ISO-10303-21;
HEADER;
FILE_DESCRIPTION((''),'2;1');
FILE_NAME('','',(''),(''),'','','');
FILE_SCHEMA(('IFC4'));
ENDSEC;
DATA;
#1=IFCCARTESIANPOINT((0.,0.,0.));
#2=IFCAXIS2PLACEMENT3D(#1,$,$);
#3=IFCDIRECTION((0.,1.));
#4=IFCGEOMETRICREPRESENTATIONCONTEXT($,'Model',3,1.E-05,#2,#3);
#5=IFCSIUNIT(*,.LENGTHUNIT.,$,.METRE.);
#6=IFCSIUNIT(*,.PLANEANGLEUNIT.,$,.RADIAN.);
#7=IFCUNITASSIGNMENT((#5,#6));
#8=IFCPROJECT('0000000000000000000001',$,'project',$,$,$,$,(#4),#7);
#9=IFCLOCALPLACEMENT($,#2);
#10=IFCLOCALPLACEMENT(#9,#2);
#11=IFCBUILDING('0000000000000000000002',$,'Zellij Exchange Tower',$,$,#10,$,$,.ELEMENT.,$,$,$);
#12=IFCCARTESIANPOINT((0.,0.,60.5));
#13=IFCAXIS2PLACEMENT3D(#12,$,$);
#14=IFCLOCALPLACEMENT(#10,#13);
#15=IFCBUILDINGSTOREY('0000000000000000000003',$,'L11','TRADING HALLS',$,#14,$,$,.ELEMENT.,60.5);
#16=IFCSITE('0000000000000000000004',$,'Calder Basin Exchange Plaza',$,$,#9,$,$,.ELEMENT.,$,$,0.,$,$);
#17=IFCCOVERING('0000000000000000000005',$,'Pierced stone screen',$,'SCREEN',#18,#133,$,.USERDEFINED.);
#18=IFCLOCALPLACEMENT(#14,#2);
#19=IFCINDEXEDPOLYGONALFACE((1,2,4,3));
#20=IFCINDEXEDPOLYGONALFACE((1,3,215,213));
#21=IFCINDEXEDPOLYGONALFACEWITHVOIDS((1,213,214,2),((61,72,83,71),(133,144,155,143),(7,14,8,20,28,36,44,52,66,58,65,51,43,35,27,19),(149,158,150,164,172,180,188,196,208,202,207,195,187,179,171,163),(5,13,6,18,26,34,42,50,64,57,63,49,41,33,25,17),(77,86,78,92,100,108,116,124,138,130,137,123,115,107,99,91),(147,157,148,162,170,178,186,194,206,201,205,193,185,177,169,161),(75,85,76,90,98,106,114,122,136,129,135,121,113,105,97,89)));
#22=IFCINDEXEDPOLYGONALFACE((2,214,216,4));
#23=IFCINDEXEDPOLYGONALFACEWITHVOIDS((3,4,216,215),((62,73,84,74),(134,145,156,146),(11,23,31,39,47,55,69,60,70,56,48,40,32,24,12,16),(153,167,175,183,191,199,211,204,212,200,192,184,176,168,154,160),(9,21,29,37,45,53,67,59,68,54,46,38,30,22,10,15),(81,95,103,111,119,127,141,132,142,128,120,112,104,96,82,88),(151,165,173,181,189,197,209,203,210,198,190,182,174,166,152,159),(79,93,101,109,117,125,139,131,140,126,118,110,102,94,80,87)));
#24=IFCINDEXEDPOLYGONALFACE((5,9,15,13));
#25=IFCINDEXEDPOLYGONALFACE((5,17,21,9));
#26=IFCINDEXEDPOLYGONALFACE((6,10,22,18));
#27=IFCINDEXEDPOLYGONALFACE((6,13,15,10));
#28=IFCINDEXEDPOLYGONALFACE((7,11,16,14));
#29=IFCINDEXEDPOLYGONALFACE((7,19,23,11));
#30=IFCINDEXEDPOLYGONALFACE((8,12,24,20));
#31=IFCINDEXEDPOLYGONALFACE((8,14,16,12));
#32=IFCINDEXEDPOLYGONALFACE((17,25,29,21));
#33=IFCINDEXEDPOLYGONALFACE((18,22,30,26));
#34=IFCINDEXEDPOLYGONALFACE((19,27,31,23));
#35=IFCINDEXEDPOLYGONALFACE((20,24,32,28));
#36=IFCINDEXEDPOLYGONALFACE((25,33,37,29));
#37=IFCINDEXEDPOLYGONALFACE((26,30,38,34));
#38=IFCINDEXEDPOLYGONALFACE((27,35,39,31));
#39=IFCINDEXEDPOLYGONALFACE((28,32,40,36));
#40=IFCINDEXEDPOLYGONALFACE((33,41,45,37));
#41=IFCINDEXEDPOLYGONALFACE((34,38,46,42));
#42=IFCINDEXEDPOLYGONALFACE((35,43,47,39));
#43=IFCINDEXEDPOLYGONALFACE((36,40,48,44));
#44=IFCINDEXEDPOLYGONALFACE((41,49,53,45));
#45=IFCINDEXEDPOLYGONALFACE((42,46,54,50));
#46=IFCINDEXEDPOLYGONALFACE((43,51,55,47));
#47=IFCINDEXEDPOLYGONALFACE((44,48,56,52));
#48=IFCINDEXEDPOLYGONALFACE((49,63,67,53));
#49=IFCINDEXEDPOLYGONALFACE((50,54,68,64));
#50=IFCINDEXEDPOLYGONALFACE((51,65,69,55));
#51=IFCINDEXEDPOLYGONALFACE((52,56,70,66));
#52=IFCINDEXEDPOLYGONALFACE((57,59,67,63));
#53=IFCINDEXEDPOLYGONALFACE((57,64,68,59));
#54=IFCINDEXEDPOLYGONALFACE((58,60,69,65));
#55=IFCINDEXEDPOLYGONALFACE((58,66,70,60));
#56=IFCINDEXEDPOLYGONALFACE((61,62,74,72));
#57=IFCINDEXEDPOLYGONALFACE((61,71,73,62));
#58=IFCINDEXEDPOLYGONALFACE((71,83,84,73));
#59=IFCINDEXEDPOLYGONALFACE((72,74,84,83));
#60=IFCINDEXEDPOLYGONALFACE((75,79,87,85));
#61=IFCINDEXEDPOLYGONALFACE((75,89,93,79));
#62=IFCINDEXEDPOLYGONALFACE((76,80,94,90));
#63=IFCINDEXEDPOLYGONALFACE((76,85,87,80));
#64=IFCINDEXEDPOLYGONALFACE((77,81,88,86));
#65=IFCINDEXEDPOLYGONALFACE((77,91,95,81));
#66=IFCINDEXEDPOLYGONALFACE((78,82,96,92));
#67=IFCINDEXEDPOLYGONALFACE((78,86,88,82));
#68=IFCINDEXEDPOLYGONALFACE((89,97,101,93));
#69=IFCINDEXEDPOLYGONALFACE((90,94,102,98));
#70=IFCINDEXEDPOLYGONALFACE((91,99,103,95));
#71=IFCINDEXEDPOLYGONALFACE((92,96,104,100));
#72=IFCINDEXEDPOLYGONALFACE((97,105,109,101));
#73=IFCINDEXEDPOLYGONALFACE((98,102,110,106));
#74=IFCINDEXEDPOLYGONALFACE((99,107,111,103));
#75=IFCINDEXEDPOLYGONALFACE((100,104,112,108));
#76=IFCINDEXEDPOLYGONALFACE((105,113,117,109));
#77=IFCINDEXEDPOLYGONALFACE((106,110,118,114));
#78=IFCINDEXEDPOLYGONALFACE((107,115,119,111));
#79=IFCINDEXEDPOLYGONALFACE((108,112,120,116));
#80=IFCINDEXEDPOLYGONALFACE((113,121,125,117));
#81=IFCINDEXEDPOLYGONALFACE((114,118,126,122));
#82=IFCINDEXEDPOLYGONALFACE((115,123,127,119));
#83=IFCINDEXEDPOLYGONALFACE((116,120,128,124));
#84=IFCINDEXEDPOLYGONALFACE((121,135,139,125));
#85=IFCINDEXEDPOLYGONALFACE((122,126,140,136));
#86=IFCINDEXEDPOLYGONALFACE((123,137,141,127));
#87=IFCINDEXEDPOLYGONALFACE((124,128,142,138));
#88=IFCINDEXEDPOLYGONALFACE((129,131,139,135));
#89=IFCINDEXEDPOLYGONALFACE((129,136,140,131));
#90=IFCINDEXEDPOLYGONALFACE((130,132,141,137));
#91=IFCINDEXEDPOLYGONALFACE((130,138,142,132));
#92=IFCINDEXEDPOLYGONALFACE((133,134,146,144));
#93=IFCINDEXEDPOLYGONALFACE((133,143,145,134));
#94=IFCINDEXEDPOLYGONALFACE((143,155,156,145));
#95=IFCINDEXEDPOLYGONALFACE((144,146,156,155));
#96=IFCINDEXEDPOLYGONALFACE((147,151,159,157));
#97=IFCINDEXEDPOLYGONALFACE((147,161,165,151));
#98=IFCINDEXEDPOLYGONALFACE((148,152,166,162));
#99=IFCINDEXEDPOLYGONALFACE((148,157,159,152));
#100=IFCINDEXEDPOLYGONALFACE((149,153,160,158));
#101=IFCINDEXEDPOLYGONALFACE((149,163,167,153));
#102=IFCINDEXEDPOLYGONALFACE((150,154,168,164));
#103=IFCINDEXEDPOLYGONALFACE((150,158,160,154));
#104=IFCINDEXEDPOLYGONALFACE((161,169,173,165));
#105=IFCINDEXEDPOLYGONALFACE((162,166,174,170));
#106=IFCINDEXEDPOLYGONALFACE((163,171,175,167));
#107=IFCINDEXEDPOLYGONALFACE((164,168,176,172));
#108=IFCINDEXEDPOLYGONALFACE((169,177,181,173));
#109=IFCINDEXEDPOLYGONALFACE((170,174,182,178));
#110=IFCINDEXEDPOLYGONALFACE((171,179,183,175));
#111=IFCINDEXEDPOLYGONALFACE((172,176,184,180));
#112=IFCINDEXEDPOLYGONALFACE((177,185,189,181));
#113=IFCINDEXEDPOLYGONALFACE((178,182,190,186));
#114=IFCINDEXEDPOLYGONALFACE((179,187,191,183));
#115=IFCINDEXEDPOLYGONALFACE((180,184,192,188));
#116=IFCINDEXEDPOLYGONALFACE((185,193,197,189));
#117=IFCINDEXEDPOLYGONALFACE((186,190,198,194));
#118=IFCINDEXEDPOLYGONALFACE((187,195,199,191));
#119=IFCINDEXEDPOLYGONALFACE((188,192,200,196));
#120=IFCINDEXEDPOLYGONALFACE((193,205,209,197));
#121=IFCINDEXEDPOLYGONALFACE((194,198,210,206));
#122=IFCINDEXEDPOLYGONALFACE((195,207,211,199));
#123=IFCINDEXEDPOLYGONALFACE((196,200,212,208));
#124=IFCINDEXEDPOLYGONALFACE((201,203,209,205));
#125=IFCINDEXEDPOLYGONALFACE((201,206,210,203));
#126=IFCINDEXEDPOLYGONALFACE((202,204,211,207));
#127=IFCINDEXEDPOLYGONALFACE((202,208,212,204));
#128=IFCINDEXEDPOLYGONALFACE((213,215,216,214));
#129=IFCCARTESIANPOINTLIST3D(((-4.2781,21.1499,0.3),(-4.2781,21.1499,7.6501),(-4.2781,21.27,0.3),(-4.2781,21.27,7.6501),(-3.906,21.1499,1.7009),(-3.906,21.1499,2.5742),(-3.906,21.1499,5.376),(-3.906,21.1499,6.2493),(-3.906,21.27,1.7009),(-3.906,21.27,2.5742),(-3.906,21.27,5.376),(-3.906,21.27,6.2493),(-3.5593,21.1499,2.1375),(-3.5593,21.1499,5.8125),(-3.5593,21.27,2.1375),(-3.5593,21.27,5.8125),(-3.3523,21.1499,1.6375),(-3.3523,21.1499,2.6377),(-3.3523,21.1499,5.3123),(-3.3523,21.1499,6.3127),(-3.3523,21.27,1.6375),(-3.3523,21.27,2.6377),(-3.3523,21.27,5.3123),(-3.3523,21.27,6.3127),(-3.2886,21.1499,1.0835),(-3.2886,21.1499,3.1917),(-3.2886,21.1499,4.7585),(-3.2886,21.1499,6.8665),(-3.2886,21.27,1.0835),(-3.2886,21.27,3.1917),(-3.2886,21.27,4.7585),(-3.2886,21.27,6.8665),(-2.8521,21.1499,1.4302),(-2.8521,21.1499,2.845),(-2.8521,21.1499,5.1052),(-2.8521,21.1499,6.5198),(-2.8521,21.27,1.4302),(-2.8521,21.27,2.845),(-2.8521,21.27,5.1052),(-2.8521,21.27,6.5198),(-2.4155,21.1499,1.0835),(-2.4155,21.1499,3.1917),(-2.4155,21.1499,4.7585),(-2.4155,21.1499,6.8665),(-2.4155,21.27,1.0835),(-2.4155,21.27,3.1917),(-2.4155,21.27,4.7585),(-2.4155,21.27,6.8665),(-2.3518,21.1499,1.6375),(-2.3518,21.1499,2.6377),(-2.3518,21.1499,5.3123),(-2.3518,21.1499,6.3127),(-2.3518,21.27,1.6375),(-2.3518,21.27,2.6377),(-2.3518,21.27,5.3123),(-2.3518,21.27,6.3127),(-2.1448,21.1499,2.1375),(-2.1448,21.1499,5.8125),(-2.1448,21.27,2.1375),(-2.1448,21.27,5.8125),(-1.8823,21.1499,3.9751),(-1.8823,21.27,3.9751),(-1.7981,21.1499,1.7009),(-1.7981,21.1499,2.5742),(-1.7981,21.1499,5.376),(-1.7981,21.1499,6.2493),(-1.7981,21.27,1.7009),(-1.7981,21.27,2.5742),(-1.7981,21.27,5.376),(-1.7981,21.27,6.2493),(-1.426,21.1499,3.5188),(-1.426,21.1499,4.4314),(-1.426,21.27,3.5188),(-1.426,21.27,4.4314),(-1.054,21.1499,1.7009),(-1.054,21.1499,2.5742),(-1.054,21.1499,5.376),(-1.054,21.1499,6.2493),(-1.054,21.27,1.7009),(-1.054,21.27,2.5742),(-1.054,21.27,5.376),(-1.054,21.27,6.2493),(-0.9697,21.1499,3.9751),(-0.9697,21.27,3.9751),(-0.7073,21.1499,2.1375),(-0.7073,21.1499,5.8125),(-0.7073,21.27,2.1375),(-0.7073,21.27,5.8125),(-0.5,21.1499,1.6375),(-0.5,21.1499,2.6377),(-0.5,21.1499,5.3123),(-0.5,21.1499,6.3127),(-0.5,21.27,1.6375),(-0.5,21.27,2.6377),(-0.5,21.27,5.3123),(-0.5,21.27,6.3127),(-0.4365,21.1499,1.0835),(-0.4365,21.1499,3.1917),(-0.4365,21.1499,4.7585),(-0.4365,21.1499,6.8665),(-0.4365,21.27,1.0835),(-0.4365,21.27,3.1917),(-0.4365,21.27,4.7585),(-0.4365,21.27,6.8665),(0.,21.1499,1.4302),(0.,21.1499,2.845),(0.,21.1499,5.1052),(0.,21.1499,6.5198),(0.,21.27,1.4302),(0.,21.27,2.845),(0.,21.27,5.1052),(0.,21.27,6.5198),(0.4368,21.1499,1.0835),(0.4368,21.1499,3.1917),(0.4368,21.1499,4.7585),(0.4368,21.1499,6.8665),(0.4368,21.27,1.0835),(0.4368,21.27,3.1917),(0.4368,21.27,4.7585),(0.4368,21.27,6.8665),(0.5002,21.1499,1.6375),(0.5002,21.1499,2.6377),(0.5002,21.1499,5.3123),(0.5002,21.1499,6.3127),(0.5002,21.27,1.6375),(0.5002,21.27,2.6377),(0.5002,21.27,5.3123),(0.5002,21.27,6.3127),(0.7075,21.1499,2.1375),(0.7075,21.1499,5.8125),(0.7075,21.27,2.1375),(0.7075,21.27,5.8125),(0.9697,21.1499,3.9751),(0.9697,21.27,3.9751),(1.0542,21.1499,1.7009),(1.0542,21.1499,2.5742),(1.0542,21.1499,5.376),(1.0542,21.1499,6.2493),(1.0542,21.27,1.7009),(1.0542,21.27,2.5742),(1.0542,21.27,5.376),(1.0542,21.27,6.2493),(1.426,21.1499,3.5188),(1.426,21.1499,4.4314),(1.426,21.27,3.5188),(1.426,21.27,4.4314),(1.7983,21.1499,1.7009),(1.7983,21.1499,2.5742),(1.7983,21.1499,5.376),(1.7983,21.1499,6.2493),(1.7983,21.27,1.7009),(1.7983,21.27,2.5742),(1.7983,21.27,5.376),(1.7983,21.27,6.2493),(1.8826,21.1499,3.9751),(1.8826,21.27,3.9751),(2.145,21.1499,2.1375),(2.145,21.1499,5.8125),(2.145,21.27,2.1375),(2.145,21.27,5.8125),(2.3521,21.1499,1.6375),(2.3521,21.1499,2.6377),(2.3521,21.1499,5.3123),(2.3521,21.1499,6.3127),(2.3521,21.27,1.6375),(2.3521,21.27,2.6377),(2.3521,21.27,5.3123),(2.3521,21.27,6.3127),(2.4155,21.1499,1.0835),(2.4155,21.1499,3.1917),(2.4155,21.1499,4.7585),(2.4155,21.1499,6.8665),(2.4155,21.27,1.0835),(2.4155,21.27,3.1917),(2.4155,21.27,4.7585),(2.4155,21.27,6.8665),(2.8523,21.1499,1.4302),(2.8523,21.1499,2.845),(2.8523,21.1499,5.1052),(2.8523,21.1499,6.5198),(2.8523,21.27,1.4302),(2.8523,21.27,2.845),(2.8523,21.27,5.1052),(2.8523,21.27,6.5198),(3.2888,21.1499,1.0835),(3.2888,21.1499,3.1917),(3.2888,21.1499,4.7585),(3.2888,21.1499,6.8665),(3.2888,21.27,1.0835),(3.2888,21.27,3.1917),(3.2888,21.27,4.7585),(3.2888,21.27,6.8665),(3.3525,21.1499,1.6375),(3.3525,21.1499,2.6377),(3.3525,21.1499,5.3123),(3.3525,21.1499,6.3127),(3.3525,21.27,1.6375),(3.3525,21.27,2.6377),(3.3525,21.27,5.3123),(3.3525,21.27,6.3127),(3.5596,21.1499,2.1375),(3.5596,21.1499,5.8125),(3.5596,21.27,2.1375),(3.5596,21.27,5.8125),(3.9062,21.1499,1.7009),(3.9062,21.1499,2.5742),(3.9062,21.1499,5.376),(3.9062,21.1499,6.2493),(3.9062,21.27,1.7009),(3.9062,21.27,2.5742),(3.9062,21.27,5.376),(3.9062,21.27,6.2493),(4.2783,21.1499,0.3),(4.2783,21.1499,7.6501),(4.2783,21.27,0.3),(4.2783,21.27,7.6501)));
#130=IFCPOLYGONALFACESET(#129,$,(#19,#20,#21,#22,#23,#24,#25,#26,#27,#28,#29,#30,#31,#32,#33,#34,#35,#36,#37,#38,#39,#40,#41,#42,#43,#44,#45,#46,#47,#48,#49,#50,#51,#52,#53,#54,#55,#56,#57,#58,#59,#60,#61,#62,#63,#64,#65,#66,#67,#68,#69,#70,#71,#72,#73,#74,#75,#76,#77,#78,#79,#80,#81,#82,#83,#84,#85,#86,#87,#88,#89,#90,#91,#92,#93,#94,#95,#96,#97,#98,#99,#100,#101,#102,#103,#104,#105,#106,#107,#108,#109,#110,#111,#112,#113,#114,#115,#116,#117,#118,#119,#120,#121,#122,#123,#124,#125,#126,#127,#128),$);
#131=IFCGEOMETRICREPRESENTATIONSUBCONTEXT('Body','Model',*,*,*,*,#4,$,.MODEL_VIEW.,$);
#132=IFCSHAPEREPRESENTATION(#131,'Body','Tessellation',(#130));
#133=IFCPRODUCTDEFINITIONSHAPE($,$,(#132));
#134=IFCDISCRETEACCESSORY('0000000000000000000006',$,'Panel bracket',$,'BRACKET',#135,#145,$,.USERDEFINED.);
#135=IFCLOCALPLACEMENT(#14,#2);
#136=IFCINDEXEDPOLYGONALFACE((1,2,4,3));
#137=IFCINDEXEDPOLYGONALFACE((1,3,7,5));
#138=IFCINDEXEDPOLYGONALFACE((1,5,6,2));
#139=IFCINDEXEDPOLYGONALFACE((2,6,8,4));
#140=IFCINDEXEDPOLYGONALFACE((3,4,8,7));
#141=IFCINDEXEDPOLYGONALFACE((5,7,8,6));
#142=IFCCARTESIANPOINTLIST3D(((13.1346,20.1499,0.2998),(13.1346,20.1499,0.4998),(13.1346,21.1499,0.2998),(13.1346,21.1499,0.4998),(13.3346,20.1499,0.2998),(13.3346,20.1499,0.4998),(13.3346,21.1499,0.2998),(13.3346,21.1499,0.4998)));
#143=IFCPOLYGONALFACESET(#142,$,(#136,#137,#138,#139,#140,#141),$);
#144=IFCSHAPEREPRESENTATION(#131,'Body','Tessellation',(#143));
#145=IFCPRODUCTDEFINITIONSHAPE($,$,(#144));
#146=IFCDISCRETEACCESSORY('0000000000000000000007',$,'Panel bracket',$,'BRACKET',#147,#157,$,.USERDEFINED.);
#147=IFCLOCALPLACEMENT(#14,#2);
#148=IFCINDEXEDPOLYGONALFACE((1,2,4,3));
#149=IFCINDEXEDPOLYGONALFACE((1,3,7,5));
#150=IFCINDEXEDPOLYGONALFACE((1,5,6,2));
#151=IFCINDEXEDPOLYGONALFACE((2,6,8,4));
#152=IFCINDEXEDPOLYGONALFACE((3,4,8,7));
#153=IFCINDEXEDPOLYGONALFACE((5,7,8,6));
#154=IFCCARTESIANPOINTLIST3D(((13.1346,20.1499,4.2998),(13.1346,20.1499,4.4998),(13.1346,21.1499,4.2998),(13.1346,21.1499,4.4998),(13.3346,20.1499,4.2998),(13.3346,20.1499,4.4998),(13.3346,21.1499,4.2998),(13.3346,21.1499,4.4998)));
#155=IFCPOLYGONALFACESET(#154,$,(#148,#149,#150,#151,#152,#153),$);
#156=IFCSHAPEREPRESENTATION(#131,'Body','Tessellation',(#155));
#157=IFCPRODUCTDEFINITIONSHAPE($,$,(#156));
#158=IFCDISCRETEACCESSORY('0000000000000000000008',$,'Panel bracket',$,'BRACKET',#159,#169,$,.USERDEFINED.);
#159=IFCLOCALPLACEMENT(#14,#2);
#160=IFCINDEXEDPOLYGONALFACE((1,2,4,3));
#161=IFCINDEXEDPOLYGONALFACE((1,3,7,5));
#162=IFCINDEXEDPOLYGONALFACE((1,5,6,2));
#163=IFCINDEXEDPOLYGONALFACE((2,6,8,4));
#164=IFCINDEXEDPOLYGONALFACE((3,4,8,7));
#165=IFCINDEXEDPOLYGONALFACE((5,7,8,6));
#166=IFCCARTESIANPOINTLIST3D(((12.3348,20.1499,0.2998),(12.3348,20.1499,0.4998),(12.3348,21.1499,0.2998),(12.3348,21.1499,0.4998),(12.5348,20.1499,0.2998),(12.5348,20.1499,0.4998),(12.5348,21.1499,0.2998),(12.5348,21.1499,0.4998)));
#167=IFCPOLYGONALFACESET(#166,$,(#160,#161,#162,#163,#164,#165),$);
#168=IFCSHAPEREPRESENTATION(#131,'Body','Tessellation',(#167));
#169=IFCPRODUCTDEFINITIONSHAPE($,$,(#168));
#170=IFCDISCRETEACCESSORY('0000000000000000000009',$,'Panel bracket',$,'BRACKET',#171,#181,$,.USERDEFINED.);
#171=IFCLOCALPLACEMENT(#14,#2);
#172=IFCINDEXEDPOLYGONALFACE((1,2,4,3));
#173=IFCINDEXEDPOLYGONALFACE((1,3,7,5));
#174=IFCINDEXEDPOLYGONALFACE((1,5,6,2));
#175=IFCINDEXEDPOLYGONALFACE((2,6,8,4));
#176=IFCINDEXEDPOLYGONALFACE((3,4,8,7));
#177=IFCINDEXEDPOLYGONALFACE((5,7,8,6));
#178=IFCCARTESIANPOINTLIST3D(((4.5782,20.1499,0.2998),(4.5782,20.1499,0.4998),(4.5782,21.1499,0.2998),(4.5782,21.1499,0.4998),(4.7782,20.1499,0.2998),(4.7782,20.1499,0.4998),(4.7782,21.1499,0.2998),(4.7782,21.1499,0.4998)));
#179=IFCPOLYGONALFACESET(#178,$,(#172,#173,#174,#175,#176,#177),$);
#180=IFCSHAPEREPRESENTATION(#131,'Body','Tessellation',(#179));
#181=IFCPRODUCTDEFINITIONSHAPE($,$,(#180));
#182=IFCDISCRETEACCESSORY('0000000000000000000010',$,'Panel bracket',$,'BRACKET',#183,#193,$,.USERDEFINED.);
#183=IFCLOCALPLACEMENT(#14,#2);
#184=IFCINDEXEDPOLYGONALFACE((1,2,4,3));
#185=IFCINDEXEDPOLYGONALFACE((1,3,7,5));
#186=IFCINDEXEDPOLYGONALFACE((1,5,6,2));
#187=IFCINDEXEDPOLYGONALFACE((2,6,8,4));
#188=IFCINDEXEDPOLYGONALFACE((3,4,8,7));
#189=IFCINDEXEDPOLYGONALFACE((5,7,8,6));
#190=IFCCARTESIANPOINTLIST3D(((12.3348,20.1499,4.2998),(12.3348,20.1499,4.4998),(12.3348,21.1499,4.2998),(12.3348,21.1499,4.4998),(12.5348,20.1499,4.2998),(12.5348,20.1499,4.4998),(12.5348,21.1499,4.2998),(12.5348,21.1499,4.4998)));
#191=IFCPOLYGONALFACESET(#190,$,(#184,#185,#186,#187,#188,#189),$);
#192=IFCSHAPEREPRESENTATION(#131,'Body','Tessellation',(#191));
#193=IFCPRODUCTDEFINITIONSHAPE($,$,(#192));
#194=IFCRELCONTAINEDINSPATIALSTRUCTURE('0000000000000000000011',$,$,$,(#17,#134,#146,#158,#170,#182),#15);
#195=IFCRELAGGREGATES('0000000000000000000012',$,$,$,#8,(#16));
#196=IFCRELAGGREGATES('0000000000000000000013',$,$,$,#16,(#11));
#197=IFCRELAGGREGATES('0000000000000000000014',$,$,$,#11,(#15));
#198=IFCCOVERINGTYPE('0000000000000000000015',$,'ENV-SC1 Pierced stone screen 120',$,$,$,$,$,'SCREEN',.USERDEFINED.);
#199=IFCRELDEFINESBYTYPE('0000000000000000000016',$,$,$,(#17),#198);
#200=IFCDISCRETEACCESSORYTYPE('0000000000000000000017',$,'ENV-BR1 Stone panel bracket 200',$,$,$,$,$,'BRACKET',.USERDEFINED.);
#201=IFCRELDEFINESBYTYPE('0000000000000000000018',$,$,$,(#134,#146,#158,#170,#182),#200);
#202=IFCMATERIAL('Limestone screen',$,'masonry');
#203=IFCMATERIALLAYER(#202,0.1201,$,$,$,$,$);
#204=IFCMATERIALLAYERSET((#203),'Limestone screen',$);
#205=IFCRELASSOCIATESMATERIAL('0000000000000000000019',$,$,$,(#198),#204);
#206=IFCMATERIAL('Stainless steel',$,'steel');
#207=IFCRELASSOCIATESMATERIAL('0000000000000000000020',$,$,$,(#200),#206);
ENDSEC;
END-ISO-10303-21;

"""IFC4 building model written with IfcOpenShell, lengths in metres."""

from ifc_helpers import new_model, si_unit, direction, frame, origin, origin_2d, place, context, subcontext, project, spatial, polyline, rectangle, outline, extrude, material, layer, layer_set, type_object, element, save


model = new_model("IFC4")

# Units and contexts
model_context = context("Model", 3, precision=1e-05, world=origin(), true_north=direction((0.0, 1.0)))
body_context = subcontext(model_context, "Body", "Model", "MODEL_VIEW")
ifc_project = project(units=[si_unit("LENGTHUNIT", "METRE"), si_unit("PLANEANGLEUNIT", "RADIAN")], contexts=[model_context])

# Site, building, storey
site_placement = place(None, origin())
site = spatial("IfcSite", under=ifc_project, at=site_placement, Name="Calder Basin Exchange Plaza", CompositionType="ELEMENT", RefElevation=0.0)
building_placement = place(site_placement, origin())
building = spatial("IfcBuilding", under=site, at=building_placement, Name="Zellij Exchange Tower", CompositionType="ELEMENT")
storey_placement = place(building_placement, frame((0.0, 0.0, 60.5)))
storey = spatial("IfcBuildingStorey", under=building, at=storey_placement, Name="L11", Description="TRADING HALLS", CompositionType="ELEMENT", Elevation=60.5)

# Covering
ifc_material_1 = material(Name="Limestone screen", Category="masonry")
ifc_layer_1 = layer(ifc_material_1, 0.1201)
ifc_layer_set_1 = layer_set([ifc_layer_1], Name="Limestone screen")
covering_type_1 = type_object("IfcCoveringType", Name="ENV-SC1 Pierced stone screen 120", ElementType="SCREEN", PredefinedType="USERDEFINED", material=ifc_layer_set_1)
covering_1_placement = place(storey_placement, frame((4.2783, 21.21, 0.3), z_axis=(0.0, 0.0, 1.0), x_axis=(-1.0, 0.0, 0.0)))
element("IfcCovering", 1, at=covering_1_placement, inside=storey, type_object=covering_type_1, Name="Pierced stone screen", ObjectType="SCREEN", PredefinedType="USERDEFINED", context=body_context, shape_type="SweptSolid", body=[
    extrude(outline(polyline([(0.0, 0.0), (8.5564, 0.0), (8.5564, 7.3501), (0.0, 7.3501), (0.0, 0.0)]), holes=[polyline([(2.48, 2.2742), (1.9263, 2.3376), (1.8628, 2.8916), (1.426, 2.5449), (0.9895, 2.8916), (0.9258, 2.3376), (0.3721, 2.2742), (0.7188, 1.8374), (0.3721, 1.4009), (0.9258, 1.3374), (0.9895, 0.7834), (1.426, 1.1301), (1.8628, 0.7834), (1.9263, 1.3374), (2.48, 1.4009), (2.1333, 1.8374), (2.48, 2.2742)]), polyline([(2.48, 5.9492), (1.9263, 6.0127), (1.8628, 6.5664), (1.426, 6.2197), (0.9895, 6.5664), (0.9258, 6.0127), (0.3721, 5.9492), (0.7188, 5.5125), (0.3721, 5.0759), (0.9258, 5.0122), (0.9895, 4.4585), (1.426, 4.8052), (1.8628, 4.4585), (1.9263, 5.0122), (2.48, 5.0759), (2.1333, 5.5125), (2.48, 5.9492)]), polyline([(5.3323, 2.2742), (4.7783, 2.3376), (4.7148, 2.8916), (4.2783, 2.5449), (3.8416, 2.8916), (3.7781, 2.3376), (3.2241, 2.2742), (3.5708, 1.8374), (3.2241, 1.4009), (3.7781, 1.3374), (3.8416, 0.7834), (4.2783, 1.1301), (4.7148, 0.7834), (4.7783, 1.3374), (5.3323, 1.4009), (4.9856, 1.8374), (5.3323, 2.2742)]), polyline([(5.3323, 5.9492), (4.7783, 6.0127), (4.7148, 6.5664), (4.2783, 6.2197), (3.8416, 6.5664), (3.7781, 6.0127), (3.2241, 5.9492), (3.5708, 5.5125), (3.2241, 5.0759), (3.7781, 5.0122), (3.8416, 4.4585), (4.2783, 4.8052), (4.7148, 4.4585), (4.7783, 5.0122), (5.3323, 5.0759), (4.9856, 5.5125), (5.3323, 5.9492)]), polyline([(8.1843, 2.2742), (7.6306, 2.3376), (7.5669, 2.8916), (7.1304, 2.5449), (6.6938, 2.8916), (6.6301, 2.3376), (6.0764, 2.2742), (6.4231, 1.8374), (6.0764, 1.4009), (6.6301, 1.3374), (6.6938, 0.7834), (7.1304, 1.1301), (7.5669, 0.7834), (7.6306, 1.3374), (8.1843, 1.4009), (7.8376, 1.8374), (8.1843, 2.2742)]), polyline([(8.1843, 5.9492), (7.6306, 6.0127), (7.5669, 6.5664), (7.1304, 6.2197), (6.6938, 6.5664), (6.6301, 6.0127), (6.0764, 5.9492), (6.4231, 5.5125), (6.0764, 5.0759), (6.6301, 5.0122), (6.6938, 4.4585), (7.1304, 4.8052), (7.5669, 4.4585), (7.6306, 5.0122), (8.1843, 5.0759), (7.8376, 5.5125), (8.1843, 5.9492)]), polyline([(3.3086, 3.675), (2.8523, 4.1313), (2.3958, 3.675), (2.8523, 3.2188), (3.3086, 3.675)]), polyline([(6.1606, 3.675), (5.7043, 4.1313), (5.248, 3.675), (5.7043, 3.2188), (6.1606, 3.675)])]), frame((0.0, 0.0601, 0.0), z_axis=(0.0, -1.0, 0.0), x_axis=(1.0, 0.0, 0.0)), (0.0, 0.0, 1.0), 0.1201),
])

# Discrete accessories
ifc_material_2 = material(Name="Stainless steel", Category="steel")
discrete_accessory_type = type_object("IfcDiscreteAccessoryType", Name="ENV-BR1 Stone panel bracket 200", ElementType="BRACKET", PredefinedType="USERDEFINED", material=ifc_material_2)
for number, where, z_axis, x_axis, name in (
    (2, (13.2346, 20.6499, 0.2998), (0.0, 0.0, 1.0), (-1.0, 0.0, 0.0), "Panel bracket"),
    (3, (13.2346, 20.6499, 4.2998), (0.0, 0.0, 1.0), (-1.0, 0.0, 0.0), "Panel bracket"),
    (4, (12.4348, 20.6499, 0.2998), (0.0, 0.0, 1.0), (-1.0, 0.0, 0.0), "Panel bracket"),
    (5, (4.6782, 20.6499, 0.2998), (0.0, 0.0, 1.0), (-1.0, 0.0, 0.0), "Panel bracket"),
    (6, (12.4348, 20.6499, 4.2998), (0.0, 0.0, 1.0), (-1.0, 0.0, 0.0), "Panel bracket"),
):
    element("IfcDiscreteAccessory", number, at=place(storey_placement, frame(where, z_axis=z_axis, x_axis=x_axis)), inside=storey, type_object=discrete_accessory_type, Name=name, ObjectType="BRACKET", PredefinedType="USERDEFINED", context=body_context, shape_type="SweptSolid", body=[
        extrude(rectangle(XDim=0.2, YDim=1.0, at=origin_2d()), origin(), (0.0, 0.0, 1.0), 0.2),
    ])

save(model, "model.ifc")
